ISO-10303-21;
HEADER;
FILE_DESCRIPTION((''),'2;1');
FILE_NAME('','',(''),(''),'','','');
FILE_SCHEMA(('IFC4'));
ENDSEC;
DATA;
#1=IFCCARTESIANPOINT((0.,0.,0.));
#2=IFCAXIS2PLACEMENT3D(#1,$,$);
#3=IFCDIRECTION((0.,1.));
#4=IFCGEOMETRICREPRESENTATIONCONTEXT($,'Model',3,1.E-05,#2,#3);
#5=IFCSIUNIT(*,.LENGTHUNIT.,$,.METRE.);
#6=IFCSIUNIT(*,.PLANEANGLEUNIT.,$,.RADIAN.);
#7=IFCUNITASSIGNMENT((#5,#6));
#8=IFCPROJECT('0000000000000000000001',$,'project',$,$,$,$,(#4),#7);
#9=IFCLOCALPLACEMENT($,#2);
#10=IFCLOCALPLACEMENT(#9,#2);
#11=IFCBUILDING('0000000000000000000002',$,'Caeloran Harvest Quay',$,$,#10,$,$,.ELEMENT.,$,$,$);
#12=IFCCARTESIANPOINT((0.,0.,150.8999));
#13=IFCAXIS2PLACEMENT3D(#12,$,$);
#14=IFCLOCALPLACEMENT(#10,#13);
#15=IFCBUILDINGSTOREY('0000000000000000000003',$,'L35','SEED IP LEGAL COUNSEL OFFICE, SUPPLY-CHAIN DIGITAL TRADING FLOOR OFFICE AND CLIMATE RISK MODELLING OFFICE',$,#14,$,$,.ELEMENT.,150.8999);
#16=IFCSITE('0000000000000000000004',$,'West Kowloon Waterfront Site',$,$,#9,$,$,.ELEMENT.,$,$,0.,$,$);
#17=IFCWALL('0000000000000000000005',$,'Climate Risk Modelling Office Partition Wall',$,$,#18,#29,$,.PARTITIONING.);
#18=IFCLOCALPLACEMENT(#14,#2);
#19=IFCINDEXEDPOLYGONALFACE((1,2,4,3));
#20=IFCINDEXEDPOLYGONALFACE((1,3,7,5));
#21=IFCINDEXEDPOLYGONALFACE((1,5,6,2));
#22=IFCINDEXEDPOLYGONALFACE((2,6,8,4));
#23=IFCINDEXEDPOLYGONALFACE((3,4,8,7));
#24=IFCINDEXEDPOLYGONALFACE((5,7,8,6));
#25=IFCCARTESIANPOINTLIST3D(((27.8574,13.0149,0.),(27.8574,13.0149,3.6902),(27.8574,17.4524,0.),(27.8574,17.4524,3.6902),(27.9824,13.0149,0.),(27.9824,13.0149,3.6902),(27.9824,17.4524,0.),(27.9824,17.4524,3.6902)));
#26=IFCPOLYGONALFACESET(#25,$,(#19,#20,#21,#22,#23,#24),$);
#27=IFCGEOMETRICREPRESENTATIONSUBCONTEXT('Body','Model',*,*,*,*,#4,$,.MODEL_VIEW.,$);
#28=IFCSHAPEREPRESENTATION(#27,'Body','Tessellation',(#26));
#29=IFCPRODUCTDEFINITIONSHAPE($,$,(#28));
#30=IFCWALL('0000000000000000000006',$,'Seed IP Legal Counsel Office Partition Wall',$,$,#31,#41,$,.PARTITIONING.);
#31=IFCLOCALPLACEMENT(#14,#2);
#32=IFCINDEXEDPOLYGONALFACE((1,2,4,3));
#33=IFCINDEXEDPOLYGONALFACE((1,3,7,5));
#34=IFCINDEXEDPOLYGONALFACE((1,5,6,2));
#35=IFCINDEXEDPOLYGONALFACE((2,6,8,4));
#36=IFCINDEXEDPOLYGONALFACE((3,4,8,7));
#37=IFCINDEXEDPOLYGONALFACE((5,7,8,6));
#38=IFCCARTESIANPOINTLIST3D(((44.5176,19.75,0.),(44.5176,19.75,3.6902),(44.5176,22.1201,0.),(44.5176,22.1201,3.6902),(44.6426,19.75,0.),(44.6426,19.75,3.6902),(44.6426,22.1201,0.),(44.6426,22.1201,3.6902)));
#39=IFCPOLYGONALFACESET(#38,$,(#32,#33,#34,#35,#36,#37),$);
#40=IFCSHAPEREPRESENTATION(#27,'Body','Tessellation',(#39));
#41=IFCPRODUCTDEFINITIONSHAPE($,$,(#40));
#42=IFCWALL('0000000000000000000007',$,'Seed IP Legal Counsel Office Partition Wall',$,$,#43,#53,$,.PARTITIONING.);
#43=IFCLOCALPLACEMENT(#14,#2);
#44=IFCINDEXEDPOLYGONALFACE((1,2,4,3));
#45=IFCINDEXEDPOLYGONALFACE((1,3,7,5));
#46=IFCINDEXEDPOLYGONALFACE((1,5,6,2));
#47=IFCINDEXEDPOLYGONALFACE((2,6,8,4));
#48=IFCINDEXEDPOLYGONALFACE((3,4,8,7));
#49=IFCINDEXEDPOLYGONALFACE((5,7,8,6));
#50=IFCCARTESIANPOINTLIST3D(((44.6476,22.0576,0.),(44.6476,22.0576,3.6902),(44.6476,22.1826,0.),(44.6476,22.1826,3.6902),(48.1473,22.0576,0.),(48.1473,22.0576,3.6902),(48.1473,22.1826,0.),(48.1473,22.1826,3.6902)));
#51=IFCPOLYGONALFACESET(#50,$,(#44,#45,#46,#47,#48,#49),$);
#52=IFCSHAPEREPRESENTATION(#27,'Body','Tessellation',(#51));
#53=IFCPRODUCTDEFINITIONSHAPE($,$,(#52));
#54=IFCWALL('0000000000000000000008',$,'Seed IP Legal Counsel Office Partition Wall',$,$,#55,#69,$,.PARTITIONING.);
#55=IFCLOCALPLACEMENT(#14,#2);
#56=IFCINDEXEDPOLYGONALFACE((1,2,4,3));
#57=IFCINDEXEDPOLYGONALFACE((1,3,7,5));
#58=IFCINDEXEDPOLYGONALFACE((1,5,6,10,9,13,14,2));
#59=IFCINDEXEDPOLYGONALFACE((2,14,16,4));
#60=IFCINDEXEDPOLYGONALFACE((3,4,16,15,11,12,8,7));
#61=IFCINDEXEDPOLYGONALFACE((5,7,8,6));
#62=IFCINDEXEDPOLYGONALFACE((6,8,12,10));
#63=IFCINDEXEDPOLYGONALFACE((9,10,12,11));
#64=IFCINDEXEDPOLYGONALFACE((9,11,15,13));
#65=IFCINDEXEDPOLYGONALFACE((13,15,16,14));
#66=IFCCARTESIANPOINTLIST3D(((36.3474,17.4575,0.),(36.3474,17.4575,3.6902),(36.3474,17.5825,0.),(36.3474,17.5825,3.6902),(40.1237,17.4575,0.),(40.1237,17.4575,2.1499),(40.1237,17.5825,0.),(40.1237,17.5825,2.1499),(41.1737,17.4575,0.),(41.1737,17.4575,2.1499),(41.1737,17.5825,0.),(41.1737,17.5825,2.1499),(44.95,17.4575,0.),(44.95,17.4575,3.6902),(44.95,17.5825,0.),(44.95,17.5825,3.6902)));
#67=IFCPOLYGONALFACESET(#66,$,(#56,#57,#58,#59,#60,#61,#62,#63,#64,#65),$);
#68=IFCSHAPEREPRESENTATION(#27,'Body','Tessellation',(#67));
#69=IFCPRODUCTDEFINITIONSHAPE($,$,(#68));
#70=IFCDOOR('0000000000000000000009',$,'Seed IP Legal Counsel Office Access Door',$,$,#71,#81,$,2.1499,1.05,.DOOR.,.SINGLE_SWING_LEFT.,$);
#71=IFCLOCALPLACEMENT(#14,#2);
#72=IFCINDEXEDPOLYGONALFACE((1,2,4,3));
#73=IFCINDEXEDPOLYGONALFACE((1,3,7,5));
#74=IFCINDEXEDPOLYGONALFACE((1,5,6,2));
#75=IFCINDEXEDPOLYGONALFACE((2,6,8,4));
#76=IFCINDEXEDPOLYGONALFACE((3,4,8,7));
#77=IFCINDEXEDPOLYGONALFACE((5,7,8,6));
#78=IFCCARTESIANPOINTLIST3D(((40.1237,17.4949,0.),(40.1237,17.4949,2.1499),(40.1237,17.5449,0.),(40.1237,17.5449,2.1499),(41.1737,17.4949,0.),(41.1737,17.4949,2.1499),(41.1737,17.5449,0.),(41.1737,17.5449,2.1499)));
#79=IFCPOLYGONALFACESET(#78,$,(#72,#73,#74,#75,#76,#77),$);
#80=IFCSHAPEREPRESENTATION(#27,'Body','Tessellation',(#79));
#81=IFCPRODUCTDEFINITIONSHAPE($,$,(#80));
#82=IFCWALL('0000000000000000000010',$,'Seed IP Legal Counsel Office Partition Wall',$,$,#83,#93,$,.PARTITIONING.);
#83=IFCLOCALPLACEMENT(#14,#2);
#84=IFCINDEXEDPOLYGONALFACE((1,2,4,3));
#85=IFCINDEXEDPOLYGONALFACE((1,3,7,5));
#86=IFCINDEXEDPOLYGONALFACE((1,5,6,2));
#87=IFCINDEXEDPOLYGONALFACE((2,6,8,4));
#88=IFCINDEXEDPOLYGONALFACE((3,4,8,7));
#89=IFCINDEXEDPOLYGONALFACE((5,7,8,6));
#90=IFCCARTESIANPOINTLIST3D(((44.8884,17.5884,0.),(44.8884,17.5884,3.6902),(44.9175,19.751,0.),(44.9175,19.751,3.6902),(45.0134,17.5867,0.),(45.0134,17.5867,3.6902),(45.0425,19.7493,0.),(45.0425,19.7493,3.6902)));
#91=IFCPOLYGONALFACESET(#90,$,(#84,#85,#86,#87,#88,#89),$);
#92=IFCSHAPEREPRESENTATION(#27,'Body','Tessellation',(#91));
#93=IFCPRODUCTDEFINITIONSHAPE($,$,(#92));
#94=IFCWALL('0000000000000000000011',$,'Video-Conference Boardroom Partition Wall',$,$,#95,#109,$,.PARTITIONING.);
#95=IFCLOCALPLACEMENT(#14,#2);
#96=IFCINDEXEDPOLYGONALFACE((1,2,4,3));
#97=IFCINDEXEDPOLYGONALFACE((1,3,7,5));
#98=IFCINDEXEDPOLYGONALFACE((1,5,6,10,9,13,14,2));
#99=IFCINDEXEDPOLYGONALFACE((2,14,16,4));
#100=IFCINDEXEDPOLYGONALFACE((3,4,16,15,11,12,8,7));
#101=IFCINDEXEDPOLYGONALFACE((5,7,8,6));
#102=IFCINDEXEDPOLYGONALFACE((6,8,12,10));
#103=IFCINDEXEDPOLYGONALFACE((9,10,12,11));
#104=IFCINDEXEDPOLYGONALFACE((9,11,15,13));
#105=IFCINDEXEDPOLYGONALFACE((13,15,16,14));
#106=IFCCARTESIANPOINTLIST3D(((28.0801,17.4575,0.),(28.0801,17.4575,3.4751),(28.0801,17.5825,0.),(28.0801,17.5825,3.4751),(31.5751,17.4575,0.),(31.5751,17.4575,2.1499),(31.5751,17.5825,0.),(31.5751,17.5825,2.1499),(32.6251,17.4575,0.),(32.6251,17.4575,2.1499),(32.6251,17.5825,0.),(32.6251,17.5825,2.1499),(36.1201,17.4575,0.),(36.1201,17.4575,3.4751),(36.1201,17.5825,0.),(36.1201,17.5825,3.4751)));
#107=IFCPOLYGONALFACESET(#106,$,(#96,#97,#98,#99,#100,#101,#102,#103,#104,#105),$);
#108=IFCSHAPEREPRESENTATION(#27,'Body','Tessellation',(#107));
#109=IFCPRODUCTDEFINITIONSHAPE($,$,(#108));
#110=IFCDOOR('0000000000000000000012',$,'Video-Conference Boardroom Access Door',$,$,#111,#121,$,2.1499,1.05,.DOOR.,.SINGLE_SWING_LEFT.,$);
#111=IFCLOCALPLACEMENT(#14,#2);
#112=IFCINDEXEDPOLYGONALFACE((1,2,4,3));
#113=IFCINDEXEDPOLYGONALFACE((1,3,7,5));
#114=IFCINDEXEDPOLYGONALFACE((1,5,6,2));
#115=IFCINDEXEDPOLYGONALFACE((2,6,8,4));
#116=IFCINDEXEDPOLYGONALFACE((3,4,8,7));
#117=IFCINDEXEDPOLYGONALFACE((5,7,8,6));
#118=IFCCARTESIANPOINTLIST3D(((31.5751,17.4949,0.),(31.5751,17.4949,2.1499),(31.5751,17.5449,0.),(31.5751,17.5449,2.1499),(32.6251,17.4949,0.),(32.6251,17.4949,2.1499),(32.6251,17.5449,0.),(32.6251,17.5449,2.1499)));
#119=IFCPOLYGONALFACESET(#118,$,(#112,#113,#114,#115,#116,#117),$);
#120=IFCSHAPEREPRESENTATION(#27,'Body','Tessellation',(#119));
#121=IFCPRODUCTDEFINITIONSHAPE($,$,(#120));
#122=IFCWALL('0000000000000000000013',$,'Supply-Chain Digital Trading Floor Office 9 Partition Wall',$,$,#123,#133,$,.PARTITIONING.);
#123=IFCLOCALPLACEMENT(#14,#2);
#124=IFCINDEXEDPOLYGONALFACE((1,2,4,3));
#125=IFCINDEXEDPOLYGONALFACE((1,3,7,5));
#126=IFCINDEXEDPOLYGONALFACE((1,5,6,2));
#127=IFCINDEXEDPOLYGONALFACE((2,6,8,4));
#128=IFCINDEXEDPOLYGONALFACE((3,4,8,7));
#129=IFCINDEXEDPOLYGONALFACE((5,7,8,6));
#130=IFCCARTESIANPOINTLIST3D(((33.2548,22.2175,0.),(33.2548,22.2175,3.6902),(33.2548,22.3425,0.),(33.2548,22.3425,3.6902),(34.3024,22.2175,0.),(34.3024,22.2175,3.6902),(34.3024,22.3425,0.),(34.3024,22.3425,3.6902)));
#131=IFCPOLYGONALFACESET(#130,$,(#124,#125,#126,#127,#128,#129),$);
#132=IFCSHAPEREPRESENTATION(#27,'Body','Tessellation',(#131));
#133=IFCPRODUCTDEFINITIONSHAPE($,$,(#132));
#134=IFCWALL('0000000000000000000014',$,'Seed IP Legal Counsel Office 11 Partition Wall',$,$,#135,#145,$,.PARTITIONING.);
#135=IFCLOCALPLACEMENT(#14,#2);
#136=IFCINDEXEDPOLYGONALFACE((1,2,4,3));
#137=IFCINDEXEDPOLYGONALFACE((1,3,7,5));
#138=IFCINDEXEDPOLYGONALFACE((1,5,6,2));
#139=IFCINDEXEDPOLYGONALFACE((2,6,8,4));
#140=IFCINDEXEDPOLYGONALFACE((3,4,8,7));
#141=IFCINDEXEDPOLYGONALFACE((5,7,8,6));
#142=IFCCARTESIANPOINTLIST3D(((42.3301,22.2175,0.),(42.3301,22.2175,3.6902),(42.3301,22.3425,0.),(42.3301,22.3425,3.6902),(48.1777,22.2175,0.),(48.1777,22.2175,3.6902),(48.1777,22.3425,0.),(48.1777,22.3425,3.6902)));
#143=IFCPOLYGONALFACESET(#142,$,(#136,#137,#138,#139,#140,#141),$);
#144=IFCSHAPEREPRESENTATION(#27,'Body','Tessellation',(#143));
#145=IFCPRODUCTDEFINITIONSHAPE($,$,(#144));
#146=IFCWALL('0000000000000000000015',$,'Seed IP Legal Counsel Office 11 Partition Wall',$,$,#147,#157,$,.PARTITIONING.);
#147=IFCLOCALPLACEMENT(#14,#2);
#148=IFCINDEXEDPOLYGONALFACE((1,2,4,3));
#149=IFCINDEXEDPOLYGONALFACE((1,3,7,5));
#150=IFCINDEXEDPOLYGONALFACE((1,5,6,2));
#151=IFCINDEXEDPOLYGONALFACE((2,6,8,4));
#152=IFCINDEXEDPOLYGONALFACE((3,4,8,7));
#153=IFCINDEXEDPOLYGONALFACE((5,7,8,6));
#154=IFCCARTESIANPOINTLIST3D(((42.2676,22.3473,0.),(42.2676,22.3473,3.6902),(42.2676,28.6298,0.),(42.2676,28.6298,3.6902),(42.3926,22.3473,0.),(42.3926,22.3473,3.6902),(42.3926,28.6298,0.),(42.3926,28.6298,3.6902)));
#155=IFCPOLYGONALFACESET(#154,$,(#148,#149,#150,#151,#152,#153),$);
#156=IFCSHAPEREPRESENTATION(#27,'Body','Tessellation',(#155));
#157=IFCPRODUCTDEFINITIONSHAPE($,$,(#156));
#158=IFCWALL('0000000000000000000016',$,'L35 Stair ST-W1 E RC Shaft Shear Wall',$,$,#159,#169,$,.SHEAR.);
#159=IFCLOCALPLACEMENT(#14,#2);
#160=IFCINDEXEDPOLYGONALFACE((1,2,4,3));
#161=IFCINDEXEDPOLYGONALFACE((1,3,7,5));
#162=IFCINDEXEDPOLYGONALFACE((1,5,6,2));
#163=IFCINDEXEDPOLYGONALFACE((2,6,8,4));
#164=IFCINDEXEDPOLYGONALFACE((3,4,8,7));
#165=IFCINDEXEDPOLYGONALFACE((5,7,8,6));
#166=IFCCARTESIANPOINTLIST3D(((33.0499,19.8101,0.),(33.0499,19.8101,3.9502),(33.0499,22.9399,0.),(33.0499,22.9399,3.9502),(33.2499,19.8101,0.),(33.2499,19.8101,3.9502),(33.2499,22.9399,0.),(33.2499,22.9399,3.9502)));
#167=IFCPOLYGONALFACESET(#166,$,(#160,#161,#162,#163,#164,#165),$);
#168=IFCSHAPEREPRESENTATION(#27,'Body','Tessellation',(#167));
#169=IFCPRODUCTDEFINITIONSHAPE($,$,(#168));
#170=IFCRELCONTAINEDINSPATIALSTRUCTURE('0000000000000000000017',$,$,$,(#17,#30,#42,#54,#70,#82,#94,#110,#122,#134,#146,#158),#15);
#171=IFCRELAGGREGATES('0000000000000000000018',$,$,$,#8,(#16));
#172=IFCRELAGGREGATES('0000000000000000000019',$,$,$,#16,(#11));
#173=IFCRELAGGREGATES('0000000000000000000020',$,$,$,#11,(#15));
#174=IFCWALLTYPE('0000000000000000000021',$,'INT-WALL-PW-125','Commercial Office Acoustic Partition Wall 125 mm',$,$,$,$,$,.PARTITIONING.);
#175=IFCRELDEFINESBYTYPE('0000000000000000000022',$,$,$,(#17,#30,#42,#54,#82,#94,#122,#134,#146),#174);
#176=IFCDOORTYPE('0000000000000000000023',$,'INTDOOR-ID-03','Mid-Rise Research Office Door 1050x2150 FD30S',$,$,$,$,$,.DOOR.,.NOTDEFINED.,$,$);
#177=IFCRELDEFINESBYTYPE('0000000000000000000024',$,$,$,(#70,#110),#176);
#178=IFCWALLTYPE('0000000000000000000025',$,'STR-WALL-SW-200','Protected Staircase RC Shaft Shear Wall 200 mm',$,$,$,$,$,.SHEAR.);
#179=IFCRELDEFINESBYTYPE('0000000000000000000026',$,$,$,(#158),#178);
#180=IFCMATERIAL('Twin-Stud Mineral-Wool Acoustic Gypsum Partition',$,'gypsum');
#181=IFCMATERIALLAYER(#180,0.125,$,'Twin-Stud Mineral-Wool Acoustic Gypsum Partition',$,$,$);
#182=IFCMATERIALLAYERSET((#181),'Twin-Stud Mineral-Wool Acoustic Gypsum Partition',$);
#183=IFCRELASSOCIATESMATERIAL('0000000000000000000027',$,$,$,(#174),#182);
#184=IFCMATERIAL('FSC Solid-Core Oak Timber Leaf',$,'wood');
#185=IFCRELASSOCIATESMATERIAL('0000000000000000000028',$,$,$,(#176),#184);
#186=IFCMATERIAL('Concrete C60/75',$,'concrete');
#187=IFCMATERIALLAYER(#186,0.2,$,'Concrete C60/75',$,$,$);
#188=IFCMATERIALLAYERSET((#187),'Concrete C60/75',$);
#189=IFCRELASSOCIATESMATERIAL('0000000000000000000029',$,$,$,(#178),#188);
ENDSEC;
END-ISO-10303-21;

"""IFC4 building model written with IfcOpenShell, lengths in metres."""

from ifc_helpers import new_model, si_unit, direction, frame, frame_2d, origin, place, context, subcontext, project, spatial, rectangle, extrude, material, layer, layer_set, type_object, element, fill, save


model = new_model("IFC4")

# Units and contexts
model_context = context("Model", 3, precision=1e-05, world=origin(), true_north=direction((0.0, 1.0)))
body_context = subcontext(model_context, "Body", "Model", "MODEL_VIEW")
ifc_project = project(units=[si_unit("LENGTHUNIT", "METRE"), si_unit("PLANEANGLEUNIT", "RADIAN")], contexts=[model_context])

# Site, building, storey
site_placement = place(None, origin())
site = spatial("IfcSite", under=ifc_project, at=site_placement, Name="West Kowloon Waterfront Site", CompositionType="ELEMENT", RefElevation=0.0)
building_placement = place(site_placement, origin())
building = spatial("IfcBuilding", under=site, at=building_placement, Name="Caeloran Harvest Quay", CompositionType="ELEMENT")
storey_placement = place(building_placement, frame((0.0, 0.0, 150.8999)))
storey = spatial("IfcBuildingStorey", under=building, at=storey_placement, Name="L35", Description="SEED IP LEGAL COUNSEL OFFICE, SUPPLY-CHAIN DIGITAL TRADING FLOOR OFFICE AND CLIMATE RISK MODELLING OFFICE", CompositionType="ELEMENT", Elevation=150.8999)

# Walls
ifc_material_1 = material(Name="Twin-Stud Mineral-Wool Acoustic Gypsum Partition", Category="gypsum")
ifc_layer_1 = layer(ifc_material_1, 0.125, Name="Twin-Stud Mineral-Wool Acoustic Gypsum Partition")
ifc_layer_set_1 = layer_set([ifc_layer_1], Name="Twin-Stud Mineral-Wool Acoustic Gypsum Partition")
wall_type_1 = type_object("IfcWallType", Name="INT-WALL-PW-125", Description="Commercial Office Acoustic Partition Wall 125 mm", PredefinedType="PARTITIONING", material=ifc_layer_set_1)
wall_1_placement = place(storey_placement, frame((27.9199, 17.4524, 0.0), z_axis=(0.0, 0.0, 1.0), x_axis=(0.0, -1.0, 0.0)))
element("IfcWall", 1, at=wall_1_placement, inside=storey, type_object=wall_type_1, Name="Climate Risk Modelling Office Partition Wall", PredefinedType="PARTITIONING", context=body_context, shape_type="SweptSolid", body=[
    extrude(rectangle(XDim=4.4375, YDim=0.125, at=frame_2d((2.2188, 0.0))), origin(), (0.0, 0.0, 1.0), 3.6902),
])
wall_2_placement = place(storey_placement, frame((44.5801, 19.75, 0.0), z_axis=(0.0, 0.0, 1.0), x_axis=(0.0, 1.0, 0.0)))
element("IfcWall", 2, at=wall_2_placement, inside=storey, type_object=wall_type_1, Name="Seed IP Legal Counsel Office Partition Wall", PredefinedType="PARTITIONING", context=body_context, shape_type="SweptSolid", body=[
    extrude(rectangle(XDim=2.3701, YDim=0.125, at=frame_2d((1.1851, 0.0))), origin(), (0.0, 0.0, 1.0), 3.6902),
])
wall_3_placement = place(storey_placement, frame((44.6475, 22.1201, 0.0), z_axis=(0.0, 0.0, 1.0), x_axis=(1.0, 0.0, 0.0)))
element("IfcWall", 3, at=wall_3_placement, inside=storey, type_object=wall_type_1, Name="Seed IP Legal Counsel Office Partition Wall", PredefinedType="PARTITIONING", context=body_context, shape_type="SweptSolid", body=[
    extrude(rectangle(XDim=3.4998, YDim=0.125, at=frame_2d((1.75, 0.0))), origin(), (0.0, 0.0, 1.0), 3.6902),
])

# Wall, opening, door
wall_4_placement = place(storey_placement, frame((36.3474, 17.52, 0.0), z_axis=(0.0, 0.0, 1.0), x_axis=(1.0, 0.0, 0.0)))
wall_4 = element("IfcWall", 4, at=wall_4_placement, inside=storey, type_object=wall_type_1, Name="Seed IP Legal Counsel Office Partition Wall", PredefinedType="PARTITIONING", context=body_context, shape_type="SweptSolid", body=[
    extrude(rectangle(XDim=8.6025, YDim=0.125, at=frame_2d((4.3013, 0.0))), origin(), (0.0, 0.0, 1.0), 3.6902),
])
opening_1_placement = place(wall_4_placement, frame((3.7764, 0.0, 0.0)))
opening_1 = element("IfcOpeningElement", 5, at=opening_1_placement, cuts=wall_4, PredefinedType="OPENING", context=body_context, shape_type="SweptSolid", body=[
    extrude(rectangle(XDim=1.05, YDim=2.1499, at=frame_2d((0.5249, 1.075))), frame((0.0, 0.0725, 0.0), z_axis=(0.0, -1.0, 0.0), x_axis=(1.0, 0.0, 0.0)), (0.0, 0.0, 1.0), 0.145),
])
ifc_material_2 = material(Name="FSC Solid-Core Oak Timber Leaf", Category="wood")
door_type = type_object("IfcDoorType", Name="INTDOOR-ID-03", Description="Mid-Rise Research Office Door 1050x2150 FD30S", OperationType="NOTDEFINED", PredefinedType="DOOR", material=ifc_material_2)
door_1_placement = place(opening_1_placement, origin())
door_1 = element("IfcDoor", 6, at=door_1_placement, inside=storey, type_object=door_type, Name="Seed IP Legal Counsel Office Access Door", OperationType="SINGLE_SWING_LEFT", OverallHeight=2.1499, OverallWidth=1.05, PredefinedType="DOOR", context=body_context, shape_type="SweptSolid", body=[
    extrude(rectangle(XDim=1.05, YDim=2.1499, at=frame_2d((0.5249, 1.075))), frame((0.0, 0.0249, 0.0), z_axis=(0.0, -1.0, 0.0), x_axis=(1.0, 0.0, 0.0)), (0.0, 0.0, 1.0), 0.05),
])
fill(opening_1, door_1)

# Wall
wall_5_placement = place(storey_placement, frame((44.9509, 17.5874, 0.0), z_axis=(0.0, 0.0, 1.0), x_axis=(0.013433, 0.99991, 0.0)))
element("IfcWall", 7, at=wall_5_placement, inside=storey, type_object=wall_type_1, Name="Seed IP Legal Counsel Office Partition Wall", PredefinedType="PARTITIONING", context=body_context, shape_type="SweptSolid", body=[
    extrude(rectangle(XDim=2.1628, YDim=0.125, at=frame_2d((1.0815, 0.0))), origin(), (0.0, 0.0, 1.0), 3.6902),
])

# Wall, opening, door
wall_6_placement = place(storey_placement, frame((28.0801, 17.52, 0.0), z_axis=(0.0, 0.0, 1.0), x_axis=(1.0, 0.0, 0.0)))
wall_6 = element("IfcWall", 8, at=wall_6_placement, inside=storey, type_object=wall_type_1, Name="Video-Conference Boardroom Partition Wall", PredefinedType="PARTITIONING", context=body_context, shape_type="SweptSolid", body=[
    extrude(rectangle(XDim=8.04, YDim=0.125, at=frame_2d((4.02, 0.0))), origin(), (0.0, 0.0, 1.0), 3.4751),
])
opening_2_placement = place(wall_6_placement, frame((3.4951, 0.0, 0.0)))
opening_2 = element("IfcOpeningElement", 9, at=opening_2_placement, cuts=wall_6, PredefinedType="OPENING", context=body_context, shape_type="SweptSolid", body=[
    extrude(rectangle(XDim=1.05, YDim=2.1499, at=frame_2d((0.5249, 1.075))), frame((0.0, 0.0725, 0.0), z_axis=(0.0, -1.0, 0.0), x_axis=(1.0, 0.0, 0.0)), (0.0, 0.0, 1.0), 0.145),
])
door_2_placement = place(opening_2_placement, origin())
door_2 = element("IfcDoor", 10, at=door_2_placement, inside=storey, type_object=door_type, Name="Video-Conference Boardroom Access Door", OperationType="SINGLE_SWING_LEFT", OverallHeight=2.1499, OverallWidth=1.05, PredefinedType="DOOR", context=body_context, shape_type="SweptSolid", body=[
    extrude(rectangle(XDim=1.05, YDim=2.1499, at=frame_2d((0.5249, 1.075))), frame((0.0, 0.0249, 0.0), z_axis=(0.0, -1.0, 0.0), x_axis=(1.0, 0.0, 0.0)), (0.0, 0.0, 1.0), 0.05),
])
fill(opening_2, door_2)

# Walls
wall_7_placement = place(storey_placement, frame((34.3025, 22.28, 0.0), z_axis=(0.0, 0.0, 1.0), x_axis=(-1.0, 0.0, 0.0)))
element("IfcWall", 11, at=wall_7_placement, inside=storey, type_object=wall_type_1, Name="Supply-Chain Digital Trading Floor Office 9 Partition Wall", PredefinedType="PARTITIONING", context=body_context, shape_type="SweptSolid", body=[
    extrude(rectangle(XDim=1.0476, YDim=0.125, at=frame_2d((0.5239, 0.0))), origin(), (0.0, 0.0, 1.0), 3.6902),
])
wall_8_placement = place(storey_placement, frame((48.1777, 22.28, 0.0), z_axis=(0.0, 0.0, 1.0), x_axis=(-1.0, 0.0, 0.0)))
element("IfcWall", 12, at=wall_8_placement, inside=storey, type_object=wall_type_1, Name="Seed IP Legal Counsel Office 11 Partition Wall", PredefinedType="PARTITIONING", context=body_context, shape_type="SweptSolid", body=[
    extrude(rectangle(XDim=5.8477, YDim=0.125, at=frame_2d((2.9238, 0.0))), origin(), (0.0, 0.0, 1.0), 3.6902),
])
wall_9_placement = place(storey_placement, frame((42.3301, 22.3474, 0.0), z_axis=(0.0, 0.0, 1.0), x_axis=(0.0, 1.0, 0.0)))
element("IfcWall", 13, at=wall_9_placement, inside=storey, type_object=wall_type_1, Name="Seed IP Legal Counsel Office 11 Partition Wall", PredefinedType="PARTITIONING", context=body_context, shape_type="SweptSolid", body=[
    extrude(rectangle(XDim=6.2825, YDim=0.125, at=frame_2d((3.1411, 0.0))), origin(), (0.0, 0.0, 1.0), 3.6902),
])
ifc_material_3 = material(Name="Concrete C60/75", Category="concrete")
ifc_layer_2 = layer(ifc_material_3, 0.2, Name="Concrete C60/75")
ifc_layer_set_2 = layer_set([ifc_layer_2], Name="Concrete C60/75")
wall_type_2 = type_object("IfcWallType", Name="STR-WALL-SW-200", Description="Protected Staircase RC Shaft Shear Wall 200 mm", PredefinedType="SHEAR", material=ifc_layer_set_2)
wall_10_placement = place(storey_placement, frame((33.1499, 19.8101, 0.0), z_axis=(0.0, 0.0, 1.0), x_axis=(0.0, 1.0, 0.0)))
element("IfcWall", 14, at=wall_10_placement, inside=storey, type_object=wall_type_2, Name="L35 Stair ST-W1 E RC Shaft Shear Wall", PredefinedType="SHEAR", context=body_context, shape_type="SweptSolid", body=[
    extrude(rectangle(XDim=3.1299, YDim=0.2, at=frame_2d((1.5649, 0.0))), origin(), (0.0, 0.0, 1.0), 3.9502),
])

save(model, "model.ifc")
